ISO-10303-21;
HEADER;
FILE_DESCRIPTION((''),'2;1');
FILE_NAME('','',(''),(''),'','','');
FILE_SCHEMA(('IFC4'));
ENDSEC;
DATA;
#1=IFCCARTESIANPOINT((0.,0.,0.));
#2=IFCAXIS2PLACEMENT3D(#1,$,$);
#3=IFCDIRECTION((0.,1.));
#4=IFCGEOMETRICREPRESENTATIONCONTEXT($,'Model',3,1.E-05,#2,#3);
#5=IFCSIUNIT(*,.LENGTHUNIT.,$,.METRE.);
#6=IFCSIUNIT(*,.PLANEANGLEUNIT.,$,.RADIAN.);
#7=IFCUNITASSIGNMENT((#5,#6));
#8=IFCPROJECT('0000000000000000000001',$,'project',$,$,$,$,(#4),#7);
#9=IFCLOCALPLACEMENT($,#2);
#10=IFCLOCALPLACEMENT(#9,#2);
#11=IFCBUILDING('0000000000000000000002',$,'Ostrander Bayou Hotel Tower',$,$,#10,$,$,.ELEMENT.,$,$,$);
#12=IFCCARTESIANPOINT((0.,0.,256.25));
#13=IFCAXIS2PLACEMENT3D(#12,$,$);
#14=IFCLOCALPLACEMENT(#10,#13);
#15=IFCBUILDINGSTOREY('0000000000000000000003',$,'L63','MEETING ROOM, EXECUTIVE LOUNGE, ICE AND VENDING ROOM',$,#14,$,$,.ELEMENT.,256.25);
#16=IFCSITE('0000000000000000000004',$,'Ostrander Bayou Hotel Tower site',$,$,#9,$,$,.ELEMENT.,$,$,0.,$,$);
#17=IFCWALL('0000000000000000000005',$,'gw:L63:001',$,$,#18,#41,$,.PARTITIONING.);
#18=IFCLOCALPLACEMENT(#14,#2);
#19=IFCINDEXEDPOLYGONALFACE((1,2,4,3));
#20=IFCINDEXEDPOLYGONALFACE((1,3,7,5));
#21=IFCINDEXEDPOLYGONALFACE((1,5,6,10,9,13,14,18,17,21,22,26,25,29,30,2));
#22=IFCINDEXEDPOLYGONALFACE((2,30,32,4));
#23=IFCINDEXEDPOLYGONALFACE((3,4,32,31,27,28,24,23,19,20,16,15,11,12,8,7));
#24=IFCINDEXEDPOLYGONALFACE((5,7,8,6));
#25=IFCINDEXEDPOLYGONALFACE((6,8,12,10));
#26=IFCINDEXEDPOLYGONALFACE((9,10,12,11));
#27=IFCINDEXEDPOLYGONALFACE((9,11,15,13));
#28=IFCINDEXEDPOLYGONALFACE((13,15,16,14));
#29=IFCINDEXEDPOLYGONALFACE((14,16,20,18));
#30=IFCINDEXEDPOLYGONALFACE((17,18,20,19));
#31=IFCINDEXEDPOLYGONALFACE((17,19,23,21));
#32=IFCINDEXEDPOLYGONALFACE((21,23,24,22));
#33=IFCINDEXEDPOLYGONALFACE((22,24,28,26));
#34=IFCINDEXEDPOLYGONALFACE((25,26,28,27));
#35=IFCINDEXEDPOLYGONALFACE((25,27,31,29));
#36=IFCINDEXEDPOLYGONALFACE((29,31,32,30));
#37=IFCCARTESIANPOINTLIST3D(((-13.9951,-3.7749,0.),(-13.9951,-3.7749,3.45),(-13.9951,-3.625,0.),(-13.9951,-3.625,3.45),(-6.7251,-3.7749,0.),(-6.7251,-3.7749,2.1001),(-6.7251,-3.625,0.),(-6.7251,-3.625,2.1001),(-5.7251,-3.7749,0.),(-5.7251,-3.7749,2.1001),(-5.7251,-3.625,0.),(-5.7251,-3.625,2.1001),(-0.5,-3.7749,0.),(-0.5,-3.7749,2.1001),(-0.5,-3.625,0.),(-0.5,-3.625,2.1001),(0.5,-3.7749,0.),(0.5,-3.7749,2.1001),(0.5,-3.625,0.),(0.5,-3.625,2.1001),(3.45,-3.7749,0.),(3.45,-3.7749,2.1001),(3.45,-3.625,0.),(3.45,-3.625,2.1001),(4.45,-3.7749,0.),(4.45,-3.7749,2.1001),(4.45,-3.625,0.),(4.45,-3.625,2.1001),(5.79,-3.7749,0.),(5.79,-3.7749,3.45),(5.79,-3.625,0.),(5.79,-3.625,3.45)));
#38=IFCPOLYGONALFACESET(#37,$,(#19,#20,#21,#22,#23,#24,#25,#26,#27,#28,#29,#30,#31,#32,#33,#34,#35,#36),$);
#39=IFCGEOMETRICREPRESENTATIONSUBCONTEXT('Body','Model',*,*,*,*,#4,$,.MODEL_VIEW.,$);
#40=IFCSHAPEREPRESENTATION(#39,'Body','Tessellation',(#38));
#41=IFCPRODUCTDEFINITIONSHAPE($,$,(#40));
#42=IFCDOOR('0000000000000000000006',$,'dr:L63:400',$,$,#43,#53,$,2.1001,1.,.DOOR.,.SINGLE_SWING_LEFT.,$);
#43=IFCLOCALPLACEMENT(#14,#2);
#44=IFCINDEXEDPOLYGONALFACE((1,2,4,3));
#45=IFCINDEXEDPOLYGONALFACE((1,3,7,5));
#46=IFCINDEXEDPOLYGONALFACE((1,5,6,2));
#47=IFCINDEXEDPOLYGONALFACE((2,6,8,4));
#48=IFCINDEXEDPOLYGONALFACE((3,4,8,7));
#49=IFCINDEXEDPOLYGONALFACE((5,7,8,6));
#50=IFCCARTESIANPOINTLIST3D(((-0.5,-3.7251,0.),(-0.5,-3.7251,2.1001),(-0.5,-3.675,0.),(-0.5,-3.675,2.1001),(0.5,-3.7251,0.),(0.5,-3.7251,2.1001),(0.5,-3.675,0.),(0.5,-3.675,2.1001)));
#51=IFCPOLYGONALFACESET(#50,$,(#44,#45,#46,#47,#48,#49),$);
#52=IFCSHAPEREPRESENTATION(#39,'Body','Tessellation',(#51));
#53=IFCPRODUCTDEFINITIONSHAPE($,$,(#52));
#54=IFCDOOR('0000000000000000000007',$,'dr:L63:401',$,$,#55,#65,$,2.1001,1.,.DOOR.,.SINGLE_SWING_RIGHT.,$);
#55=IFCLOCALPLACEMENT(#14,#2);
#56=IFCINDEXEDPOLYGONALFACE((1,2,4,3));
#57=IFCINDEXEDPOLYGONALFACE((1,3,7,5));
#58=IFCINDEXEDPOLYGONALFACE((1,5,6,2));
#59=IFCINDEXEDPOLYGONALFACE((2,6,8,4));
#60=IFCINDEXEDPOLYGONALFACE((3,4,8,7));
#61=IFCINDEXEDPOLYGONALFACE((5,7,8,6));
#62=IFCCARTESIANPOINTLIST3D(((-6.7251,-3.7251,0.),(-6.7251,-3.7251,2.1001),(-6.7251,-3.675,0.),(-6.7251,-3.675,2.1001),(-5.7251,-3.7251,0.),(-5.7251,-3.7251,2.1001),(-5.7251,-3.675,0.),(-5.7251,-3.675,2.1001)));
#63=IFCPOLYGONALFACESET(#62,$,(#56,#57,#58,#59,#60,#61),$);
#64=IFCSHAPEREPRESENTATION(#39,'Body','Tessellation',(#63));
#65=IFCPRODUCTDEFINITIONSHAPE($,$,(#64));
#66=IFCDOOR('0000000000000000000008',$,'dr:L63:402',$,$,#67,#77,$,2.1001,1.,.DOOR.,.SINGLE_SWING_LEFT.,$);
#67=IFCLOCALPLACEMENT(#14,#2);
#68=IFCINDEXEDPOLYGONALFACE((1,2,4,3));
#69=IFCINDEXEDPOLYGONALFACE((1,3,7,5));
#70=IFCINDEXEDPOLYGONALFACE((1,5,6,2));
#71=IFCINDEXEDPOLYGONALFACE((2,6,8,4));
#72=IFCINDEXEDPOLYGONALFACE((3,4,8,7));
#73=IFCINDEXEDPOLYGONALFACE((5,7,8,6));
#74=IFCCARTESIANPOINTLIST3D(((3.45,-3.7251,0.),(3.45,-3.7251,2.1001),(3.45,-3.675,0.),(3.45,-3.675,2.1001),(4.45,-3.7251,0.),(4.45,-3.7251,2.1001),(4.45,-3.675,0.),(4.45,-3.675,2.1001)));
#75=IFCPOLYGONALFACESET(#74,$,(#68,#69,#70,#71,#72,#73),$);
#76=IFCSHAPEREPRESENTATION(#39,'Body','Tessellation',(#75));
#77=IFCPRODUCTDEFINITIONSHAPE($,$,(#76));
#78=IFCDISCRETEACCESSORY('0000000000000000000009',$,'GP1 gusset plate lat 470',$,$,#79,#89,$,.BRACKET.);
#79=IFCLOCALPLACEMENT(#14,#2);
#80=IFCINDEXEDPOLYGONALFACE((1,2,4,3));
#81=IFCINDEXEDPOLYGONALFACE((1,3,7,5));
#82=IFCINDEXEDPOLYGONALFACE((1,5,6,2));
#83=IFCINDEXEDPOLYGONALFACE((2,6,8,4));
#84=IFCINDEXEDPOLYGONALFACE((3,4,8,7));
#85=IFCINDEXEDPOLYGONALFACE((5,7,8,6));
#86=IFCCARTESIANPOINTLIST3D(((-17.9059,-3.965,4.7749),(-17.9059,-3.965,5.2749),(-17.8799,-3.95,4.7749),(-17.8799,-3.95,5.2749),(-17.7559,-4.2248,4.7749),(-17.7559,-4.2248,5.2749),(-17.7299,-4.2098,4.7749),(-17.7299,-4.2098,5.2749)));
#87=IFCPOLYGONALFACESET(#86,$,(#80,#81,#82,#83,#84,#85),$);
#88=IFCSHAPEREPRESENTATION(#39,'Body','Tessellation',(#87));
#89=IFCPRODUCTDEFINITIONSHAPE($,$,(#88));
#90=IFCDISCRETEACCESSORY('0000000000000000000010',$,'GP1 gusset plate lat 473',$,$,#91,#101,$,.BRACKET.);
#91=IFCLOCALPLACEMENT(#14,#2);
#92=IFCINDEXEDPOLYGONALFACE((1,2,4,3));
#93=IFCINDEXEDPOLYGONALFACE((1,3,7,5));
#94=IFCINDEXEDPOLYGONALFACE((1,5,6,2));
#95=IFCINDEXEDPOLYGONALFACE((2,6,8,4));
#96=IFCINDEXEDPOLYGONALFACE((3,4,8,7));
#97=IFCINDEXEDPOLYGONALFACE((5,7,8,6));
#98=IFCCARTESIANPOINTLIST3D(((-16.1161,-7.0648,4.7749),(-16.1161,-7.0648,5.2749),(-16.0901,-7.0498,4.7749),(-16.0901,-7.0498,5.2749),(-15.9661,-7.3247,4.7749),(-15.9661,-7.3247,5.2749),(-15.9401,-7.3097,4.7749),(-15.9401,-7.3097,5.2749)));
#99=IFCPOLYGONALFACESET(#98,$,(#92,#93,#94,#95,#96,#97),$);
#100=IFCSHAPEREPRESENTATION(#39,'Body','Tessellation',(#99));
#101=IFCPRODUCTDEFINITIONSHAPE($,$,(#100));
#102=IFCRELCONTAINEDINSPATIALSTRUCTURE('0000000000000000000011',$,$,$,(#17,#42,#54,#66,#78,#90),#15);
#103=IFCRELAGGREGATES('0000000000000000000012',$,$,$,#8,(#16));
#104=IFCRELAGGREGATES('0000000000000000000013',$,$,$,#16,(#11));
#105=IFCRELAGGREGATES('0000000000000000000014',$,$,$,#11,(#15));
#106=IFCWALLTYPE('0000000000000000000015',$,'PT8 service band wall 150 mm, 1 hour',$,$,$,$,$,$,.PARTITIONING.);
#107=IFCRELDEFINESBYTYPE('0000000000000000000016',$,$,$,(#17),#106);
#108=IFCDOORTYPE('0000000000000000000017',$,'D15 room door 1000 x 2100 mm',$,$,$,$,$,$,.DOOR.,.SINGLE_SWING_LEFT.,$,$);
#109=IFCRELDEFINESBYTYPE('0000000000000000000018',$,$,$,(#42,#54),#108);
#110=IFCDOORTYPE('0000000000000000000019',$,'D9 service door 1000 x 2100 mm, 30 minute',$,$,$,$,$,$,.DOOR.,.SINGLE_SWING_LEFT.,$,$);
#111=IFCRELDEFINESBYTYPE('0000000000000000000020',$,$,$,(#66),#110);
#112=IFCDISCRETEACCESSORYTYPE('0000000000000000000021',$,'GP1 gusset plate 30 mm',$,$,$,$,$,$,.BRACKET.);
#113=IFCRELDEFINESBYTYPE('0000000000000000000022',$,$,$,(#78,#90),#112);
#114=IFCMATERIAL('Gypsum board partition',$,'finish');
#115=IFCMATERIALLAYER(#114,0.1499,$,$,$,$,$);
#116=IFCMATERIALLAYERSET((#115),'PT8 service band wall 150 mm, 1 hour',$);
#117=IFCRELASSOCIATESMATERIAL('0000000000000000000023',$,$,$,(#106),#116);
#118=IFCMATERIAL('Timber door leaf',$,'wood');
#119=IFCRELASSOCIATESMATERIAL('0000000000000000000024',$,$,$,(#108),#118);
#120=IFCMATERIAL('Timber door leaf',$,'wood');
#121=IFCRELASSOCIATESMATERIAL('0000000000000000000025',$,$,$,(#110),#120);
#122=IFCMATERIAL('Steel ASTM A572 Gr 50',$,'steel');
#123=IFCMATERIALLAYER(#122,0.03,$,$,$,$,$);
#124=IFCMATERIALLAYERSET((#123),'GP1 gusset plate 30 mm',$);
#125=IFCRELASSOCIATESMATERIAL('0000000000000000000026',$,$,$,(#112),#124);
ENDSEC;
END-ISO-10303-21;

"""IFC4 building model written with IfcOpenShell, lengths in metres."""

from ifc_helpers import new_model, si_unit, direction, frame, frame_2d, origin, origin_2d, place, context, subcontext, project, spatial, rectangle, extrude, material, layer, layer_set, type_object, element, fill, save


model = new_model("IFC4")

# Units and contexts
model_context = context("Model", 3, precision=1e-05, world=origin(), true_north=direction((0.0, 1.0)))
body_context = subcontext(model_context, "Body", "Model", "MODEL_VIEW")
ifc_project = project(units=[si_unit("LENGTHUNIT", "METRE"), si_unit("PLANEANGLEUNIT", "RADIAN")], contexts=[model_context])

# Site, building, storey
site_placement = place(None, origin())
site = spatial("IfcSite", under=ifc_project, at=site_placement, Name="Ostrander Bayou Hotel Tower site", CompositionType="ELEMENT", RefElevation=0.0)
building_placement = place(site_placement, origin())
building = spatial("IfcBuilding", under=site, at=building_placement, Name="Ostrander Bayou Hotel Tower", CompositionType="ELEMENT")
storey_placement = place(building_placement, frame((0.0, 0.0, 256.25)))
storey = spatial("IfcBuildingStorey", under=building, at=storey_placement, Name="L63", Description="MEETING ROOM, EXECUTIVE LOUNGE, ICE AND VENDING ROOM", CompositionType="ELEMENT", Elevation=256.25)

# Wall, openings, doors
ifc_material_1 = material(Name="Gypsum board partition", Category="finish")
ifc_layer_1 = layer(ifc_material_1, 0.1499)
ifc_layer_set_1 = layer_set([ifc_layer_1], Name="PT8 service band wall 150 mm, 1 hour")
wall_type_1 = type_object("IfcWallType", Name="PT8 service band wall 150 mm, 1 hour", PredefinedType="PARTITIONING", material=ifc_layer_set_1)
wall_1_placement = place(storey_placement, frame((-13.9951, -3.7, 0.0), z_axis=(0.0, 0.0, 1.0), x_axis=(1.0, 0.0, 0.0)))
wall_1 = element("IfcWall", 1, at=wall_1_placement, inside=storey, type_object=wall_type_1, Name="gw:L63:001", PredefinedType="PARTITIONING", context=body_context, shape_type="SweptSolid", body=[
    extrude(rectangle(XDim=19.7852, YDim=0.1499, at=frame_2d((9.8926, 0.0))), origin(), (0.0, 0.0, 1.0), 3.45),
])
opening_1_placement = place(wall_1_placement, frame((13.4951, 0.0, 0.0)))
opening_1 = element("IfcOpeningElement", 2, at=opening_1_placement, cuts=wall_1, PredefinedType="OPENING", context=body_context, shape_type="SweptSolid", body=[
    extrude(rectangle(XDim=1.0, YDim=2.1001, at=frame_2d((0.5, 1.05))), frame((0.0, 0.075, 0.0), z_axis=(0.0, -1.0, 0.0), x_axis=(1.0, 0.0, 0.0)), (0.0, 0.0, 1.0), 0.1499),
])
opening_2_placement = place(wall_1_placement, frame((7.27, 0.0, 0.0)))
opening_2 = element("IfcOpeningElement", 3, at=opening_2_placement, cuts=wall_1, PredefinedType="OPENING", context=body_context, shape_type="SweptSolid", body=[
    extrude(rectangle(XDim=1.0, YDim=2.1001, at=frame_2d((0.5, 1.05))), frame((0.0, 0.075, 0.0), z_axis=(0.0, -1.0, 0.0), x_axis=(1.0, 0.0, 0.0)), (0.0, 0.0, 1.0), 0.1499),
])
opening_3_placement = place(wall_1_placement, frame((17.4451, 0.0, 0.0)))
opening_3 = element("IfcOpeningElement", 4, at=opening_3_placement, cuts=wall_1, PredefinedType="OPENING", context=body_context, shape_type="SweptSolid", body=[
    extrude(rectangle(XDim=1.0, YDim=2.1001, at=frame_2d((0.5, 1.05))), frame((0.0, 0.075, 0.0), z_axis=(0.0, -1.0, 0.0), x_axis=(1.0, 0.0, 0.0)), (0.0, 0.0, 1.0), 0.1499),
])
ifc_material_2 = material(Name="Timber door leaf", Category="wood")
door_type_1 = type_object("IfcDoorType", Name="D15 room door 1000 x 2100 mm", OperationType="SINGLE_SWING_LEFT", PredefinedType="DOOR", material=ifc_material_2)
door_1_placement = place(opening_1_placement, origin())
door_1 = element("IfcDoor", 5, at=door_1_placement, inside=storey, type_object=door_type_1, Name="dr:L63:400", OperationType="SINGLE_SWING_LEFT", OverallHeight=2.1001, OverallWidth=1.0, PredefinedType="DOOR", context=body_context, shape_type="SweptSolid", body=[
    extrude(rectangle(XDim=1.0, YDim=2.1001, at=frame_2d((0.5, 1.05))), frame((0.0, 0.0249, 0.0), z_axis=(0.0, -1.0, 0.0), x_axis=(1.0, 0.0, 0.0)), (0.0, 0.0, 1.0), 0.05),
])
fill(opening_1, door_1)
door_2_placement = place(opening_2_placement, origin())
door_2 = element("IfcDoor", 6, at=door_2_placement, inside=storey, type_object=door_type_1, Name="dr:L63:401", OperationType="SINGLE_SWING_RIGHT", OverallHeight=2.1001, OverallWidth=1.0, PredefinedType="DOOR", context=body_context, shape_type="SweptSolid", body=[
    extrude(rectangle(XDim=1.0, YDim=2.1001, at=frame_2d((0.5, 1.05))), frame((0.0, 0.0249, 0.0), z_axis=(0.0, -1.0, 0.0), x_axis=(1.0, 0.0, 0.0)), (0.0, 0.0, 1.0), 0.05),
])
fill(opening_2, door_2)
ifc_material_3 = material(Name="Timber door leaf", Category="wood")
door_type_2 = type_object("IfcDoorType", Name="D9 service door 1000 x 2100 mm, 30 minute", OperationType="SINGLE_SWING_LEFT", PredefinedType="DOOR", material=ifc_material_3)
door_3_placement = place(opening_3_placement, origin())
door_3 = element("IfcDoor", 7, at=door_3_placement, inside=storey, type_object=door_type_2, Name="dr:L63:402", OperationType="SINGLE_SWING_LEFT", OverallHeight=2.1001, OverallWidth=1.0, PredefinedType="DOOR", context=body_context, shape_type="SweptSolid", body=[
    extrude(rectangle(XDim=1.0, YDim=2.1001, at=frame_2d((0.5, 1.05))), frame((0.0, 0.0249, 0.0), z_axis=(0.0, -1.0, 0.0), x_axis=(1.0, 0.0, 0.0)), (0.0, 0.0, 1.0), 0.05),
])
fill(opening_3, door_3)

# Discrete accessories
ifc_material_4 = material(Name="Steel ASTM A572 Gr 50", Category="steel")
ifc_layer_2 = layer(ifc_material_4, 0.03)
ifc_layer_set_2 = layer_set([ifc_layer_2], Name="GP1 gusset plate 30 mm")
discrete_accessory_type = type_object("IfcDiscreteAccessoryType", Name="GP1 gusset plate 30 mm", PredefinedType="BRACKET", material=ifc_layer_set_2)
for number, where, z_axis, x_axis, name in (
    (8, (-17.8179, -4.0874, 4.7749), (0.0, 0.0, 1.0), (0.5, -0.866025, 0.0), "GP1 gusset plate lat 470"),
    (9, (-16.0281, -7.1873, 4.7749), (0.0, 0.0, 1.0), (0.5, -0.866025, 0.0), "GP1 gusset plate lat 473"),
):
    element("IfcDiscreteAccessory", number, at=place(storey_placement, frame(where, z_axis=z_axis, x_axis=x_axis)), inside=storey, type_object=discrete_accessory_type, Name=name, PredefinedType="BRACKET", context=body_context, shape_type="SweptSolid", body=[
        extrude(rectangle(XDim=0.3, YDim=0.03, at=origin_2d()), origin(), (0.0, 0.0, 1.0), 0.5),
    ])

save(model, "model.ifc")
